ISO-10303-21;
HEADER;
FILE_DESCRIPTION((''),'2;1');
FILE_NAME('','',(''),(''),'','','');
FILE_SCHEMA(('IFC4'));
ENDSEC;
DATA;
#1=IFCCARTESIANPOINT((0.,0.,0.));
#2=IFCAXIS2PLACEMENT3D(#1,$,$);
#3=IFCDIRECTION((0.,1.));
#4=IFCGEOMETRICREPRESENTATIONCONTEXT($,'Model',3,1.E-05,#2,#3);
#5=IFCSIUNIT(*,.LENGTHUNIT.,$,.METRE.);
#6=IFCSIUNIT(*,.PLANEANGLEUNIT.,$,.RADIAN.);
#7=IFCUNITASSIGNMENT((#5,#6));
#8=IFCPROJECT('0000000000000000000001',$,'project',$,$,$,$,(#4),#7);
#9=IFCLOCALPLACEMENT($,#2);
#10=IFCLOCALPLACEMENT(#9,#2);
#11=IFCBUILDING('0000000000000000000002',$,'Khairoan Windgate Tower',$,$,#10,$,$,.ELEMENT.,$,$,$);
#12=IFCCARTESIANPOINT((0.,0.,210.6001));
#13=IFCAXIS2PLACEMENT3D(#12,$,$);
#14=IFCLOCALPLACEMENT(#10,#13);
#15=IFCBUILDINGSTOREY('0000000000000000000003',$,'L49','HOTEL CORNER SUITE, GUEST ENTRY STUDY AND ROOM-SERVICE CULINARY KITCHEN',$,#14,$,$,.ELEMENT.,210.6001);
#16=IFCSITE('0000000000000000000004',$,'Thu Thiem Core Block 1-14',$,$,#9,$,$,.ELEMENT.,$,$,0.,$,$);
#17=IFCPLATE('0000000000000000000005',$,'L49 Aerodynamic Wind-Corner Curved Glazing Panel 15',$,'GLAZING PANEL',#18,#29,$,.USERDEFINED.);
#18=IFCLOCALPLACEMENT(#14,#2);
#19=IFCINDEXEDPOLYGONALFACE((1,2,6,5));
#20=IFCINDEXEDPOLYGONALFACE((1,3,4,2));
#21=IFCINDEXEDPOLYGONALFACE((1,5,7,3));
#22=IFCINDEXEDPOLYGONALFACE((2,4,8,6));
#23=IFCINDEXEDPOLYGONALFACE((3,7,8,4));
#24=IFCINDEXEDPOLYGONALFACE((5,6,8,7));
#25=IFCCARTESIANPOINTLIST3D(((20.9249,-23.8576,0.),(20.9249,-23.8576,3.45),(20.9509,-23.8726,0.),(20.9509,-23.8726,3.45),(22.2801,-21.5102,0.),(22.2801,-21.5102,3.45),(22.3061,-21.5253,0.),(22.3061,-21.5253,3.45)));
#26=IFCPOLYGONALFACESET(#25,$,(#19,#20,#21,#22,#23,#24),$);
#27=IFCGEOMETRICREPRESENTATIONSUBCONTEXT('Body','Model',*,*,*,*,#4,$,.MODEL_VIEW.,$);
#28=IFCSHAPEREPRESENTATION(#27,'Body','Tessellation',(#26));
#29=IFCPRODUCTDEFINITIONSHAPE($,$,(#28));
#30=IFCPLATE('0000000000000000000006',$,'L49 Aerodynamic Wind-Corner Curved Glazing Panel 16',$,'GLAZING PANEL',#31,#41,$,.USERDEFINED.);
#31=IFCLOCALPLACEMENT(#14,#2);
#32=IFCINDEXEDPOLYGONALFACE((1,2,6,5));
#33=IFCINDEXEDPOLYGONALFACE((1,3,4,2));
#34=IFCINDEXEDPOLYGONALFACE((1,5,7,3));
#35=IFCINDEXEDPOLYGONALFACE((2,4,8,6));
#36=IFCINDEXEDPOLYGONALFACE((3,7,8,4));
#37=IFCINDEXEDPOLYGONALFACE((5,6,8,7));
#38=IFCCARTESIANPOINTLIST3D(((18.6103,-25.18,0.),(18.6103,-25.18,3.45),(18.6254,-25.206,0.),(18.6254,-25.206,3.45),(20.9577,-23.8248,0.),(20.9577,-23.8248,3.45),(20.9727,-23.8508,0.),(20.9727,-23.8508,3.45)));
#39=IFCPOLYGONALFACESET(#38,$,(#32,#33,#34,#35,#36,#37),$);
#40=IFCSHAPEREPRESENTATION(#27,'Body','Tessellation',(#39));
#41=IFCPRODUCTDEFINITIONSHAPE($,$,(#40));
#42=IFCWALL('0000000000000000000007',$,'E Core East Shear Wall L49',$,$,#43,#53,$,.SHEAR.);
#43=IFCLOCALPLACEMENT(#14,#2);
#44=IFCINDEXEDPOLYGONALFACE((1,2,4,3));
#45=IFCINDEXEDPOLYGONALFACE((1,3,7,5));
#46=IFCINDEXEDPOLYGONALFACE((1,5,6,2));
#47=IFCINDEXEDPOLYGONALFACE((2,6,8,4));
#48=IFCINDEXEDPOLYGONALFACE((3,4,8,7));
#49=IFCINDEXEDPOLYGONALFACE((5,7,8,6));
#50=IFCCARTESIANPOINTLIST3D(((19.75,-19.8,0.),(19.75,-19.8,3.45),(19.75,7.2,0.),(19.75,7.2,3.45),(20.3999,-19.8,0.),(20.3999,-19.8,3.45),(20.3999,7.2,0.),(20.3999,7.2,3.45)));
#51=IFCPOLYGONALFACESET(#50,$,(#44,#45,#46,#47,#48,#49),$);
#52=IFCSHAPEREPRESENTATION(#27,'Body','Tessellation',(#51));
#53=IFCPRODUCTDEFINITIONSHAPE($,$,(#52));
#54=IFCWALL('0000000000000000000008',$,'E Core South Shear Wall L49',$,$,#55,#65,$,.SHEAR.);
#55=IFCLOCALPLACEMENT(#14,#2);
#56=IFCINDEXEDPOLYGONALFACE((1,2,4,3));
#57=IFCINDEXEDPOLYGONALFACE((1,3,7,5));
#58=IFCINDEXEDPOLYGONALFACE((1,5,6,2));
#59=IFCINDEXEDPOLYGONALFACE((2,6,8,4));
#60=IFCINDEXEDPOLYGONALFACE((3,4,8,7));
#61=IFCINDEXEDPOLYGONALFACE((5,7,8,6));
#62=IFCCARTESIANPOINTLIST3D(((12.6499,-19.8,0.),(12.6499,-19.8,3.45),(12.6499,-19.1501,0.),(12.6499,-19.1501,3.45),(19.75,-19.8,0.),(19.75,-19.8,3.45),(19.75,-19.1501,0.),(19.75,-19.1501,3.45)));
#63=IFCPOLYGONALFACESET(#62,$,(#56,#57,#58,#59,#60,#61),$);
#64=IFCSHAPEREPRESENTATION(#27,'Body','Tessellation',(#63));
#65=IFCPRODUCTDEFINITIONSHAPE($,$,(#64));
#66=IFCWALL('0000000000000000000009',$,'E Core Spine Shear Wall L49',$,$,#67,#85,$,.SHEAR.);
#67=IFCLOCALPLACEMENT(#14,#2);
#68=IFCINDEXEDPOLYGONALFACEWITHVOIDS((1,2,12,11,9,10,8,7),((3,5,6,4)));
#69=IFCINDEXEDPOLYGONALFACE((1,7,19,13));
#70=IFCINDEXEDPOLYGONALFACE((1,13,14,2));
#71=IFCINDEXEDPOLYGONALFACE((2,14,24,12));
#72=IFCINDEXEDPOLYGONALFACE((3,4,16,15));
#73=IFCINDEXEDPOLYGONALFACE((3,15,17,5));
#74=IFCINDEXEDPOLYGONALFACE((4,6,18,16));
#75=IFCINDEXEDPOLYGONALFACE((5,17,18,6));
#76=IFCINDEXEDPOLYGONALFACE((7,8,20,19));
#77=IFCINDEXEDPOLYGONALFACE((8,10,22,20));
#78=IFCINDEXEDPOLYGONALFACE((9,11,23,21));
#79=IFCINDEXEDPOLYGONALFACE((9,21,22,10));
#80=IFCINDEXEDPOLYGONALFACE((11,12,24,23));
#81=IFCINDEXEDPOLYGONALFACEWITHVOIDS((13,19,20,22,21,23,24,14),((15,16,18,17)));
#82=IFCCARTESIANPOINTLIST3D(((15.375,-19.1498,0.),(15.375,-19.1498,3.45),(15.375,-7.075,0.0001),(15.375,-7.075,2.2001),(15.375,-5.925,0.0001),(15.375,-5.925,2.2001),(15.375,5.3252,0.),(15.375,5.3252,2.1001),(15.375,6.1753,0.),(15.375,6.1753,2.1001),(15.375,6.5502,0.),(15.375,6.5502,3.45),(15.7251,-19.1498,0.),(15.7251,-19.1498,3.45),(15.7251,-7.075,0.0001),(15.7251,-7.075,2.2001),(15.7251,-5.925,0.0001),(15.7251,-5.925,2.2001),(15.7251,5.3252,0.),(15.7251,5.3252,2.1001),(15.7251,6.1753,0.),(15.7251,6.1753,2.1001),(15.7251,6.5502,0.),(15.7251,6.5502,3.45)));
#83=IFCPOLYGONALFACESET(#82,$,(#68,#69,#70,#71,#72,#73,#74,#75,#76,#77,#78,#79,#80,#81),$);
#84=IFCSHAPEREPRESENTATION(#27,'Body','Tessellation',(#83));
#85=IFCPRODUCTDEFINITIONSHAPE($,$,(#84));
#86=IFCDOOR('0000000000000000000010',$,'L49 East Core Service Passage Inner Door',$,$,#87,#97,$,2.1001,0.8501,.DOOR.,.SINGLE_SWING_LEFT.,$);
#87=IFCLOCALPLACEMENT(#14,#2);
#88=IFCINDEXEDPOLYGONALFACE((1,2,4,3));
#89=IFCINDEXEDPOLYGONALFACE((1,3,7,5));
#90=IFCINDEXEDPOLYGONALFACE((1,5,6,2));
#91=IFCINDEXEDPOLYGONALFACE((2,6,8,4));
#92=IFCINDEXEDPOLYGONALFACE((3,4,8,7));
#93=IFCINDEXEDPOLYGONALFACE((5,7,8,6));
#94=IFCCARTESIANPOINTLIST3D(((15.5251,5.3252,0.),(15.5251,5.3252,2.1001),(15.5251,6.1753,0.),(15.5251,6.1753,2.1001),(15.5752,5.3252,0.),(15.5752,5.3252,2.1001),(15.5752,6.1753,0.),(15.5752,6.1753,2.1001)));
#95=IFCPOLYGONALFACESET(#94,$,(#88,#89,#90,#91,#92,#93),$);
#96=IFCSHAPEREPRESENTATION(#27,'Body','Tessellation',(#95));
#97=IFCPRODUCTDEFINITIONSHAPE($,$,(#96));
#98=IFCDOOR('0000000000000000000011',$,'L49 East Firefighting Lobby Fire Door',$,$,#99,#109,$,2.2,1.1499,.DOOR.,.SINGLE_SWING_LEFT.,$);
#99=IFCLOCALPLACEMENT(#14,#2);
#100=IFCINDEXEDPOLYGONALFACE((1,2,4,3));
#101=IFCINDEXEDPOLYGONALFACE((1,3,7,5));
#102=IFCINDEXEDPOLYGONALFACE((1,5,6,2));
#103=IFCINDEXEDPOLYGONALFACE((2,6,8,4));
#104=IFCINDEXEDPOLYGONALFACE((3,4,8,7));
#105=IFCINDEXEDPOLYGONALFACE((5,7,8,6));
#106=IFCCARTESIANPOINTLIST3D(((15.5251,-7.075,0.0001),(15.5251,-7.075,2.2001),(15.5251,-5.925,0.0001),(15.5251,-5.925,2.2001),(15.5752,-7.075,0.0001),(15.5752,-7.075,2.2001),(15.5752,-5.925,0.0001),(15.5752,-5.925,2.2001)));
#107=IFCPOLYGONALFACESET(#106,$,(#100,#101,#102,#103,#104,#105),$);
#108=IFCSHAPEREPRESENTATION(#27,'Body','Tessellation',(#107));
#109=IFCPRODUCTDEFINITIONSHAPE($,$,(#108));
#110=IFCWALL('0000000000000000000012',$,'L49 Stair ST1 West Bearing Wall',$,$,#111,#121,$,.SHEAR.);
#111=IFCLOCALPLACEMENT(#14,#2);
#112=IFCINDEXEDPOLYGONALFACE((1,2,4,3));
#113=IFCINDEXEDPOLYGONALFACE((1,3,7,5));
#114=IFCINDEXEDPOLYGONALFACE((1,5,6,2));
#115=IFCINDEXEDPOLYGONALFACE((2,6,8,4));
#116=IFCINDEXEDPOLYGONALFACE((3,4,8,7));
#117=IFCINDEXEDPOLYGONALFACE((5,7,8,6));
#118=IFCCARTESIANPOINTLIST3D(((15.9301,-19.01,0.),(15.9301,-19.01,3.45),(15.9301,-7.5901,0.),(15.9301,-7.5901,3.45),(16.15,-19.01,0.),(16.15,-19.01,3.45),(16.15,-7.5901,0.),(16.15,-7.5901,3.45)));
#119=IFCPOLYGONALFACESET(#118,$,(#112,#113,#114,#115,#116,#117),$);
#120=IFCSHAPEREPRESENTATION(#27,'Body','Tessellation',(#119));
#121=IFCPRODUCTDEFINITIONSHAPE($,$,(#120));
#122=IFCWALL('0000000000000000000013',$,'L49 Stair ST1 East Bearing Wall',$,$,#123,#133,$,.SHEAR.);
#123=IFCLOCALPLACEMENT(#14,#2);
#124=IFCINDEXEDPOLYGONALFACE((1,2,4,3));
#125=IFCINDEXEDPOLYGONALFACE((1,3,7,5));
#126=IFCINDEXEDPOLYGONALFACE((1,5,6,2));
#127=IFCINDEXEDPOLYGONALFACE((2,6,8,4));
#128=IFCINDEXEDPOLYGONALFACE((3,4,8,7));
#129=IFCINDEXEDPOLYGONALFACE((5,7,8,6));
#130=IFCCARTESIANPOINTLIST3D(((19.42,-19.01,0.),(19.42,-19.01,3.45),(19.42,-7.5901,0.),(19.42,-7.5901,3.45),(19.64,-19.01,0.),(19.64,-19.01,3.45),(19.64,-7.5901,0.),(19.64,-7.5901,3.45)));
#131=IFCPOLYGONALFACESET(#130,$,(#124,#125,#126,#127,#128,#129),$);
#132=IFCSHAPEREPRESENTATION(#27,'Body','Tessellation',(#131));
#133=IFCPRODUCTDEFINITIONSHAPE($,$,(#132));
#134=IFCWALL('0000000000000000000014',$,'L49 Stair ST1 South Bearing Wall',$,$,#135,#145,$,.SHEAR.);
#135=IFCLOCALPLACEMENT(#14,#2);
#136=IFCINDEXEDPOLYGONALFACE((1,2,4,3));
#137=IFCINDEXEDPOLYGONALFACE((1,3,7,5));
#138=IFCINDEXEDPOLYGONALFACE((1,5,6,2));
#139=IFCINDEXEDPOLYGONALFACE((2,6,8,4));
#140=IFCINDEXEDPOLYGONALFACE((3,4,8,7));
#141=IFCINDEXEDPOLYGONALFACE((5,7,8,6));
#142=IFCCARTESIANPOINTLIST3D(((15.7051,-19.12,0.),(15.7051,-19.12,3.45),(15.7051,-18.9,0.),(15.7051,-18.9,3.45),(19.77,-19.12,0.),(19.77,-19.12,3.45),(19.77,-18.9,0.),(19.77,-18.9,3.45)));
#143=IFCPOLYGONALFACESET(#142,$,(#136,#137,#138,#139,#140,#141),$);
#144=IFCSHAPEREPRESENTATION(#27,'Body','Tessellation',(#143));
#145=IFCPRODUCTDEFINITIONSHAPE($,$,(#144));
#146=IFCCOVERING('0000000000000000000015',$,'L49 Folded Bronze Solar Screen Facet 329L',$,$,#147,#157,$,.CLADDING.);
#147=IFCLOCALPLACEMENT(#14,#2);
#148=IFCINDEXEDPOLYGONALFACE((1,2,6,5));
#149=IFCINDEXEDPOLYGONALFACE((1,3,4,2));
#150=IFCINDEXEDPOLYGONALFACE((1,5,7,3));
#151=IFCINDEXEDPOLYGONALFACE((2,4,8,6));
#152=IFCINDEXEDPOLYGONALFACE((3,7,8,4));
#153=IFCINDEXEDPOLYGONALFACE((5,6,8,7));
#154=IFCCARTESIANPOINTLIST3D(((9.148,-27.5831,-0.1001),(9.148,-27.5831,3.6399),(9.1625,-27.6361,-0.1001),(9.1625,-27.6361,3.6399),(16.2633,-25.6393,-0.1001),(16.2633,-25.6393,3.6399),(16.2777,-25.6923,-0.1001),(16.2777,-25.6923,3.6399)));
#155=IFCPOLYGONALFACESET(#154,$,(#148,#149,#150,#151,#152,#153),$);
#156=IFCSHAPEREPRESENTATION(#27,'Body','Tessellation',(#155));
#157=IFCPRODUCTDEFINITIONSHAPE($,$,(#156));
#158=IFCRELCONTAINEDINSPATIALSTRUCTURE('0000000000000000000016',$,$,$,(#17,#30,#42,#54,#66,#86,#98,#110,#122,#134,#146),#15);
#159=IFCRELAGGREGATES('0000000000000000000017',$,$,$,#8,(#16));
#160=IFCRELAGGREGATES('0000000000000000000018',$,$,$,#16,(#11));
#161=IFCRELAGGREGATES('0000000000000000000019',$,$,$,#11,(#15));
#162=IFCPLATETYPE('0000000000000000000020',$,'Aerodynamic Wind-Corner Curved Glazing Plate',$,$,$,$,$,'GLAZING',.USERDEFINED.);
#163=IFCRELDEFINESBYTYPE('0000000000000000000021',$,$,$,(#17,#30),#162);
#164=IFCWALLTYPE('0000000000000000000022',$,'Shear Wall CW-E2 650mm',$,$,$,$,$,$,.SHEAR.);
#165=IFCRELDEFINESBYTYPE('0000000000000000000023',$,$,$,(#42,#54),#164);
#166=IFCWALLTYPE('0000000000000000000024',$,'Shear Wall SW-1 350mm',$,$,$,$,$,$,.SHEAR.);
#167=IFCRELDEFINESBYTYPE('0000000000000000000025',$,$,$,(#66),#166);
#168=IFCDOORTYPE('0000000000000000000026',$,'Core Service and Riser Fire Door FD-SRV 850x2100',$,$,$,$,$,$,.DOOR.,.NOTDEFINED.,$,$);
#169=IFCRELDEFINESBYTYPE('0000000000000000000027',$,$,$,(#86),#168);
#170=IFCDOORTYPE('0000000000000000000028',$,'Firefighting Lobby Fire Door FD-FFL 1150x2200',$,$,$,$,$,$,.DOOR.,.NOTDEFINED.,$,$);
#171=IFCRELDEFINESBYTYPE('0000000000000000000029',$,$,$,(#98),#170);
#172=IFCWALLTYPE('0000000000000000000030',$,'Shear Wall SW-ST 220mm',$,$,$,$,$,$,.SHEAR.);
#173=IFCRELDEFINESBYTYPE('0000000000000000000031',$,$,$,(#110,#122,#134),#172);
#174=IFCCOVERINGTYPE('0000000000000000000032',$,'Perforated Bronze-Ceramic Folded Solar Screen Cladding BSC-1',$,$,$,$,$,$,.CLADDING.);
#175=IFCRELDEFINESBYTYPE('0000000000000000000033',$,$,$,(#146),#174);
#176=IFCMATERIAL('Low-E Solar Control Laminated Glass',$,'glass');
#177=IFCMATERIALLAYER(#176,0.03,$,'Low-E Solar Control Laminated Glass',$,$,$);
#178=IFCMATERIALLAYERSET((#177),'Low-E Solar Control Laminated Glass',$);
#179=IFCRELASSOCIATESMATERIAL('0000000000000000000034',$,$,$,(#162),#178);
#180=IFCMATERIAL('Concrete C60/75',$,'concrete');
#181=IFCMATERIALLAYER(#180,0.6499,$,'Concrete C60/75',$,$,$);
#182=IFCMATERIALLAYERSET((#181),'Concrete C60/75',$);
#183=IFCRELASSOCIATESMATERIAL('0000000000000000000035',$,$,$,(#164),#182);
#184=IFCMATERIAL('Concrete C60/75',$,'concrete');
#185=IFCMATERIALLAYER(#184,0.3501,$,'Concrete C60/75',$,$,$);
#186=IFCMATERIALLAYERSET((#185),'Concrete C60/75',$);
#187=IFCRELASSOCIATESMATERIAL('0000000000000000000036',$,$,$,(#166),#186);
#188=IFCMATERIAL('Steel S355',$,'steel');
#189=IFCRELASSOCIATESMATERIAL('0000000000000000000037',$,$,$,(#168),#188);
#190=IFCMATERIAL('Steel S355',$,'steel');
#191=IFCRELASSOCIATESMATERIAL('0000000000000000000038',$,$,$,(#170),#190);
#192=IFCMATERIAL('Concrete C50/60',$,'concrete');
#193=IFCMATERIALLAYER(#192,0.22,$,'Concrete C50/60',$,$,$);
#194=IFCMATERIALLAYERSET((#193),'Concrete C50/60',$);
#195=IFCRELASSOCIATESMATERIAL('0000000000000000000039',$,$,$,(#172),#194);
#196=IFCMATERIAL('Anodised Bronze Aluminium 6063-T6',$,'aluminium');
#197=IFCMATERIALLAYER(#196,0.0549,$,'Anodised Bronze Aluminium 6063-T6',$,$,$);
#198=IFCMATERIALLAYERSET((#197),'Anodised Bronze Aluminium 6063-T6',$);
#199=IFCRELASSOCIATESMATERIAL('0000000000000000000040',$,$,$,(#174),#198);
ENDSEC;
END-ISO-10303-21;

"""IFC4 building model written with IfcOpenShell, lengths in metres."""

from ifc_helpers import new_model, si_unit, direction, frame, frame_2d, origin, origin_2d, place, context, subcontext, project, spatial, rectangle, extrude, material, layer, layer_set, type_object, element, fill, save


model = new_model("IFC4")

# Units and contexts
model_context = context("Model", 3, precision=1e-05, world=origin(), true_north=direction((0.0, 1.0)))
body_context = subcontext(model_context, "Body", "Model", "MODEL_VIEW")
ifc_project = project(units=[si_unit("LENGTHUNIT", "METRE"), si_unit("PLANEANGLEUNIT", "RADIAN")], contexts=[model_context])

# Site, building, storey
site_placement = place(None, origin())
site = spatial("IfcSite", under=ifc_project, at=site_placement, Name="Thu Thiem Core Block 1-14", CompositionType="ELEMENT", RefElevation=0.0)
building_placement = place(site_placement, origin())
building = spatial("IfcBuilding", under=site, at=building_placement, Name="Khairoan Windgate Tower", CompositionType="ELEMENT")
storey_placement = place(building_placement, frame((0.0, 0.0, 210.6001)))
storey = spatial("IfcBuildingStorey", under=building, at=storey_placement, Name="L49", Description="HOTEL CORNER SUITE, GUEST ENTRY STUDY AND ROOM-SERVICE CULINARY KITCHEN", CompositionType="ELEMENT", Elevation=210.6001)

# Plates
ifc_material_1 = material(Name="Low-E Solar Control Laminated Glass", Category="glass")
ifc_layer_1 = layer(ifc_material_1, 0.03, Name="Low-E Solar Control Laminated Glass")
ifc_layer_set_1 = layer_set([ifc_layer_1], Name="Low-E Solar Control Laminated Glass")
plate_type_1 = type_object("IfcPlateType", Name="Aerodynamic Wind-Corner Curved Glazing Plate", ElementType="GLAZING", PredefinedType="USERDEFINED", material=ifc_layer_set_1)
for number, where, z_axis, x_axis, name in (
    (1, (21.6155, -22.6914, 0.0), (0.0, 0.0, 1.0), (-0.5, -0.866025, 0.0), "L49 Aerodynamic Wind-Corner Curved Glazing Panel 15"),
    (2, (19.7915, -24.5154, 0.0), (0.0, 0.0, 1.0), (-0.866025, -0.5, 0.0), "L49 Aerodynamic Wind-Corner Curved Glazing Panel 16"),
):
    element("IfcPlate", number, at=place(storey_placement, frame(where, z_axis=z_axis, x_axis=x_axis)), inside=storey, type_object=plate_type_1, Name=name, ObjectType="GLAZING PANEL", PredefinedType="USERDEFINED", context=body_context, shape_type="SweptSolid", body=[
        extrude(rectangle(XDim=2.7104, YDim=0.03, at=origin_2d()), origin(), (0.0, 0.0, 1.0), 3.45),
    ])

# Walls
ifc_material_2 = material(Name="Concrete C60/75", Category="concrete")
ifc_layer_2 = layer(ifc_material_2, 0.6499, Name="Concrete C60/75")
ifc_layer_set_2 = layer_set([ifc_layer_2], Name="Concrete C60/75")
wall_type_1 = type_object("IfcWallType", Name="Shear Wall CW-E2 650mm", PredefinedType="SHEAR", material=ifc_layer_set_2)
wall_1_placement = place(storey_placement, frame((20.075, -19.8, 0.0), z_axis=(0.0, 0.0, 1.0), x_axis=(0.0, 1.0, 0.0)))
element("IfcWall", 3, at=wall_1_placement, inside=storey, type_object=wall_type_1, Name="E Core East Shear Wall L49", PredefinedType="SHEAR", context=body_context, shape_type="SweptSolid", body=[
    extrude(rectangle(XDim=27.0, YDim=0.6499, at=frame_2d((13.5, 0.0))), origin(), (0.0, 0.0, 1.0), 3.45),
])
wall_2_placement = place(storey_placement, frame((12.6499, -19.4751, 0.0), z_axis=(0.0, 0.0, 1.0), x_axis=(1.0, 0.0, 0.0)))
element("IfcWall", 4, at=wall_2_placement, inside=storey, type_object=wall_type_1, Name="E Core South Shear Wall L49", PredefinedType="SHEAR", context=body_context, shape_type="SweptSolid", body=[
    extrude(rectangle(XDim=7.1001, YDim=0.6499, at=frame_2d((3.55, 0.0))), origin(), (0.0, 0.0, 1.0), 3.45),
])

# Wall, openings, doors
ifc_material_3 = material(Name="Concrete C60/75", Category="concrete")
ifc_layer_3 = layer(ifc_material_3, 0.3501, Name="Concrete C60/75")
ifc_layer_set_3 = layer_set([ifc_layer_3], Name="Concrete C60/75")
wall_type_2 = type_object("IfcWallType", Name="Shear Wall SW-1 350mm", PredefinedType="SHEAR", material=ifc_layer_set_3)
wall_3_placement = place(storey_placement, frame((15.55, -19.1499, 0.0), z_axis=(0.0, 0.0, 1.0), x_axis=(0.0, 1.0, 0.0)))
wall_3 = element("IfcWall", 5, at=wall_3_placement, inside=storey, type_object=wall_type_2, Name="E Core Spine Shear Wall L49", PredefinedType="SHEAR", context=body_context, shape_type="SweptSolid", body=[
    extrude(rectangle(XDim=25.7, YDim=0.3501, at=frame_2d((12.8501, 0.0))), origin(), (0.0, 0.0, 1.0), 3.45),
])
opening_1_placement = place(wall_3_placement, frame((12.075, 0.0, 0.0)))
opening_1 = element("IfcOpeningElement", 6, at=opening_1_placement, cuts=wall_3, PredefinedType="OPENING", context=body_context, shape_type="SweptSolid", body=[
    extrude(rectangle(XDim=1.1499, YDim=2.2, at=frame_2d((0.575, 1.1001))), frame((0.0, 0.1851, 0.0), z_axis=(0.0, -1.0, 0.0), x_axis=(1.0, 0.0, 0.0)), (0.0, 0.0, 1.0), 0.3701),
])
opening_2_placement = place(wall_3_placement, frame((24.4751, 0.0, 0.0)))
opening_2 = element("IfcOpeningElement", 7, at=opening_2_placement, cuts=wall_3, PredefinedType="OPENING", context=body_context, shape_type="SweptSolid", body=[
    extrude(rectangle(XDim=0.8501, YDim=2.1001, at=frame_2d((0.425, 1.05))), frame((0.0, 0.1851, 0.0), z_axis=(0.0, -1.0, 0.0), x_axis=(1.0, 0.0, 0.0)), (0.0, 0.0, 1.0), 0.3701),
])
ifc_material_4 = material(Name="Steel S355", Category="steel")
door_type_1 = type_object("IfcDoorType", Name="Core Service and Riser Fire Door FD-SRV 850x2100", OperationType="NOTDEFINED", PredefinedType="DOOR", material=ifc_material_4)
door_1_placement = place(opening_2_placement, origin())
door_1 = element("IfcDoor", 8, at=door_1_placement, inside=storey, type_object=door_type_1, Name="L49 East Core Service Passage Inner Door", OperationType="SINGLE_SWING_LEFT", OverallHeight=2.1001, OverallWidth=0.8501, PredefinedType="DOOR", context=body_context, shape_type="SweptSolid", body=[
    extrude(rectangle(XDim=0.8501, YDim=2.1001, at=frame_2d((0.425, 1.05))), frame((0.0, 0.0249, 0.0), z_axis=(0.0, -1.0, 0.0), x_axis=(1.0, 0.0, 0.0)), (0.0, 0.0, 1.0), 0.05),
])
fill(opening_2, door_1)
ifc_material_5 = material(Name="Steel S355", Category="steel")
door_type_2 = type_object("IfcDoorType", Name="Firefighting Lobby Fire Door FD-FFL 1150x2200", OperationType="NOTDEFINED", PredefinedType="DOOR", material=ifc_material_5)
door_2_placement = place(opening_1_placement, origin())
door_2 = element("IfcDoor", 9, at=door_2_placement, inside=storey, type_object=door_type_2, Name="L49 East Firefighting Lobby Fire Door", OperationType="SINGLE_SWING_LEFT", OverallHeight=2.2, OverallWidth=1.1499, PredefinedType="DOOR", context=body_context, shape_type="SweptSolid", body=[
    extrude(rectangle(XDim=1.1499, YDim=2.2, at=frame_2d((0.575, 1.1001))), frame((0.0, 0.0249, 0.0), z_axis=(0.0, -1.0, 0.0), x_axis=(1.0, 0.0, 0.0)), (0.0, 0.0, 1.0), 0.05),
])
fill(opening_1, door_2)

# Walls
ifc_material_6 = material(Name="Concrete C50/60", Category="concrete")
ifc_layer_4 = layer(ifc_material_6, 0.22, Name="Concrete C50/60")
ifc_layer_set_4 = layer_set([ifc_layer_4], Name="Concrete C50/60")
wall_type_3 = type_object("IfcWallType", Name="Shear Wall SW-ST 220mm", PredefinedType="SHEAR", material=ifc_layer_set_4)
for number, where, z_axis, x_axis, name in (
    (10, (16.04, -19.01, 0.0), (0.0, 0.0, 1.0), (0.0, 1.0, 0.0), "L49 Stair ST1 West Bearing Wall"),
    (11, (19.53, -19.01, 0.0), (0.0, 0.0, 1.0), (0.0, 1.0, 0.0), "L49 Stair ST1 East Bearing Wall"),
):
    element("IfcWall", number, at=place(storey_placement, frame(where, z_axis=z_axis, x_axis=x_axis)), inside=storey, type_object=wall_type_3, Name=name, PredefinedType="SHEAR", context=body_context, shape_type="SweptSolid", body=[
        extrude(rectangle(XDim=11.4199, YDim=0.22, at=frame_2d((5.71, 0.0))), origin(), (0.0, 0.0, 1.0), 3.45),
    ])
wall_4_placement = place(storey_placement, frame((15.7051, -19.01, 0.0), z_axis=(0.0, 0.0, 1.0), x_axis=(1.0, 0.0, 0.0)))
element("IfcWall", 12, at=wall_4_placement, inside=storey, type_object=wall_type_3, Name="L49 Stair ST1 South Bearing Wall", PredefinedType="SHEAR", context=body_context, shape_type="SweptSolid", body=[
    extrude(rectangle(XDim=4.0649, YDim=0.22, at=frame_2d((2.0325, 0.0))), origin(), (0.0, 0.0, 1.0), 3.45),
])

# Covering
ifc_material_7 = material(Name="Anodised Bronze Aluminium 6063-T6", Category="aluminium")
ifc_layer_5 = layer(ifc_material_7, 0.0549, Name="Anodised Bronze Aluminium 6063-T6")
ifc_layer_set_5 = layer_set([ifc_layer_5], Name="Anodised Bronze Aluminium 6063-T6")
covering_type = type_object("IfcCoveringType", Name="Perforated Bronze-Ceramic Folded Solar Screen Cladding BSC-1", PredefinedType="CLADDING", material=ifc_layer_set_5)
covering_placement = place(storey_placement, frame((12.7129, -26.6377, -0.1001), z_axis=(0.0, 0.0, 1.0), x_axis=(-0.964649, -0.263536, 0.0)))
element("IfcCovering", 13, at=covering_placement, inside=storey, type_object=covering_type, Name="L49 Folded Bronze Solar Screen Facet 329L", PredefinedType="CLADDING", context=body_context, shape_type="SweptSolid", body=[
    extrude(rectangle(XDim=7.376, YDim=0.0549, at=origin_2d()), origin(), (0.0, 0.0, 1.0), 3.74),
])

save(model, "model.ifc")
